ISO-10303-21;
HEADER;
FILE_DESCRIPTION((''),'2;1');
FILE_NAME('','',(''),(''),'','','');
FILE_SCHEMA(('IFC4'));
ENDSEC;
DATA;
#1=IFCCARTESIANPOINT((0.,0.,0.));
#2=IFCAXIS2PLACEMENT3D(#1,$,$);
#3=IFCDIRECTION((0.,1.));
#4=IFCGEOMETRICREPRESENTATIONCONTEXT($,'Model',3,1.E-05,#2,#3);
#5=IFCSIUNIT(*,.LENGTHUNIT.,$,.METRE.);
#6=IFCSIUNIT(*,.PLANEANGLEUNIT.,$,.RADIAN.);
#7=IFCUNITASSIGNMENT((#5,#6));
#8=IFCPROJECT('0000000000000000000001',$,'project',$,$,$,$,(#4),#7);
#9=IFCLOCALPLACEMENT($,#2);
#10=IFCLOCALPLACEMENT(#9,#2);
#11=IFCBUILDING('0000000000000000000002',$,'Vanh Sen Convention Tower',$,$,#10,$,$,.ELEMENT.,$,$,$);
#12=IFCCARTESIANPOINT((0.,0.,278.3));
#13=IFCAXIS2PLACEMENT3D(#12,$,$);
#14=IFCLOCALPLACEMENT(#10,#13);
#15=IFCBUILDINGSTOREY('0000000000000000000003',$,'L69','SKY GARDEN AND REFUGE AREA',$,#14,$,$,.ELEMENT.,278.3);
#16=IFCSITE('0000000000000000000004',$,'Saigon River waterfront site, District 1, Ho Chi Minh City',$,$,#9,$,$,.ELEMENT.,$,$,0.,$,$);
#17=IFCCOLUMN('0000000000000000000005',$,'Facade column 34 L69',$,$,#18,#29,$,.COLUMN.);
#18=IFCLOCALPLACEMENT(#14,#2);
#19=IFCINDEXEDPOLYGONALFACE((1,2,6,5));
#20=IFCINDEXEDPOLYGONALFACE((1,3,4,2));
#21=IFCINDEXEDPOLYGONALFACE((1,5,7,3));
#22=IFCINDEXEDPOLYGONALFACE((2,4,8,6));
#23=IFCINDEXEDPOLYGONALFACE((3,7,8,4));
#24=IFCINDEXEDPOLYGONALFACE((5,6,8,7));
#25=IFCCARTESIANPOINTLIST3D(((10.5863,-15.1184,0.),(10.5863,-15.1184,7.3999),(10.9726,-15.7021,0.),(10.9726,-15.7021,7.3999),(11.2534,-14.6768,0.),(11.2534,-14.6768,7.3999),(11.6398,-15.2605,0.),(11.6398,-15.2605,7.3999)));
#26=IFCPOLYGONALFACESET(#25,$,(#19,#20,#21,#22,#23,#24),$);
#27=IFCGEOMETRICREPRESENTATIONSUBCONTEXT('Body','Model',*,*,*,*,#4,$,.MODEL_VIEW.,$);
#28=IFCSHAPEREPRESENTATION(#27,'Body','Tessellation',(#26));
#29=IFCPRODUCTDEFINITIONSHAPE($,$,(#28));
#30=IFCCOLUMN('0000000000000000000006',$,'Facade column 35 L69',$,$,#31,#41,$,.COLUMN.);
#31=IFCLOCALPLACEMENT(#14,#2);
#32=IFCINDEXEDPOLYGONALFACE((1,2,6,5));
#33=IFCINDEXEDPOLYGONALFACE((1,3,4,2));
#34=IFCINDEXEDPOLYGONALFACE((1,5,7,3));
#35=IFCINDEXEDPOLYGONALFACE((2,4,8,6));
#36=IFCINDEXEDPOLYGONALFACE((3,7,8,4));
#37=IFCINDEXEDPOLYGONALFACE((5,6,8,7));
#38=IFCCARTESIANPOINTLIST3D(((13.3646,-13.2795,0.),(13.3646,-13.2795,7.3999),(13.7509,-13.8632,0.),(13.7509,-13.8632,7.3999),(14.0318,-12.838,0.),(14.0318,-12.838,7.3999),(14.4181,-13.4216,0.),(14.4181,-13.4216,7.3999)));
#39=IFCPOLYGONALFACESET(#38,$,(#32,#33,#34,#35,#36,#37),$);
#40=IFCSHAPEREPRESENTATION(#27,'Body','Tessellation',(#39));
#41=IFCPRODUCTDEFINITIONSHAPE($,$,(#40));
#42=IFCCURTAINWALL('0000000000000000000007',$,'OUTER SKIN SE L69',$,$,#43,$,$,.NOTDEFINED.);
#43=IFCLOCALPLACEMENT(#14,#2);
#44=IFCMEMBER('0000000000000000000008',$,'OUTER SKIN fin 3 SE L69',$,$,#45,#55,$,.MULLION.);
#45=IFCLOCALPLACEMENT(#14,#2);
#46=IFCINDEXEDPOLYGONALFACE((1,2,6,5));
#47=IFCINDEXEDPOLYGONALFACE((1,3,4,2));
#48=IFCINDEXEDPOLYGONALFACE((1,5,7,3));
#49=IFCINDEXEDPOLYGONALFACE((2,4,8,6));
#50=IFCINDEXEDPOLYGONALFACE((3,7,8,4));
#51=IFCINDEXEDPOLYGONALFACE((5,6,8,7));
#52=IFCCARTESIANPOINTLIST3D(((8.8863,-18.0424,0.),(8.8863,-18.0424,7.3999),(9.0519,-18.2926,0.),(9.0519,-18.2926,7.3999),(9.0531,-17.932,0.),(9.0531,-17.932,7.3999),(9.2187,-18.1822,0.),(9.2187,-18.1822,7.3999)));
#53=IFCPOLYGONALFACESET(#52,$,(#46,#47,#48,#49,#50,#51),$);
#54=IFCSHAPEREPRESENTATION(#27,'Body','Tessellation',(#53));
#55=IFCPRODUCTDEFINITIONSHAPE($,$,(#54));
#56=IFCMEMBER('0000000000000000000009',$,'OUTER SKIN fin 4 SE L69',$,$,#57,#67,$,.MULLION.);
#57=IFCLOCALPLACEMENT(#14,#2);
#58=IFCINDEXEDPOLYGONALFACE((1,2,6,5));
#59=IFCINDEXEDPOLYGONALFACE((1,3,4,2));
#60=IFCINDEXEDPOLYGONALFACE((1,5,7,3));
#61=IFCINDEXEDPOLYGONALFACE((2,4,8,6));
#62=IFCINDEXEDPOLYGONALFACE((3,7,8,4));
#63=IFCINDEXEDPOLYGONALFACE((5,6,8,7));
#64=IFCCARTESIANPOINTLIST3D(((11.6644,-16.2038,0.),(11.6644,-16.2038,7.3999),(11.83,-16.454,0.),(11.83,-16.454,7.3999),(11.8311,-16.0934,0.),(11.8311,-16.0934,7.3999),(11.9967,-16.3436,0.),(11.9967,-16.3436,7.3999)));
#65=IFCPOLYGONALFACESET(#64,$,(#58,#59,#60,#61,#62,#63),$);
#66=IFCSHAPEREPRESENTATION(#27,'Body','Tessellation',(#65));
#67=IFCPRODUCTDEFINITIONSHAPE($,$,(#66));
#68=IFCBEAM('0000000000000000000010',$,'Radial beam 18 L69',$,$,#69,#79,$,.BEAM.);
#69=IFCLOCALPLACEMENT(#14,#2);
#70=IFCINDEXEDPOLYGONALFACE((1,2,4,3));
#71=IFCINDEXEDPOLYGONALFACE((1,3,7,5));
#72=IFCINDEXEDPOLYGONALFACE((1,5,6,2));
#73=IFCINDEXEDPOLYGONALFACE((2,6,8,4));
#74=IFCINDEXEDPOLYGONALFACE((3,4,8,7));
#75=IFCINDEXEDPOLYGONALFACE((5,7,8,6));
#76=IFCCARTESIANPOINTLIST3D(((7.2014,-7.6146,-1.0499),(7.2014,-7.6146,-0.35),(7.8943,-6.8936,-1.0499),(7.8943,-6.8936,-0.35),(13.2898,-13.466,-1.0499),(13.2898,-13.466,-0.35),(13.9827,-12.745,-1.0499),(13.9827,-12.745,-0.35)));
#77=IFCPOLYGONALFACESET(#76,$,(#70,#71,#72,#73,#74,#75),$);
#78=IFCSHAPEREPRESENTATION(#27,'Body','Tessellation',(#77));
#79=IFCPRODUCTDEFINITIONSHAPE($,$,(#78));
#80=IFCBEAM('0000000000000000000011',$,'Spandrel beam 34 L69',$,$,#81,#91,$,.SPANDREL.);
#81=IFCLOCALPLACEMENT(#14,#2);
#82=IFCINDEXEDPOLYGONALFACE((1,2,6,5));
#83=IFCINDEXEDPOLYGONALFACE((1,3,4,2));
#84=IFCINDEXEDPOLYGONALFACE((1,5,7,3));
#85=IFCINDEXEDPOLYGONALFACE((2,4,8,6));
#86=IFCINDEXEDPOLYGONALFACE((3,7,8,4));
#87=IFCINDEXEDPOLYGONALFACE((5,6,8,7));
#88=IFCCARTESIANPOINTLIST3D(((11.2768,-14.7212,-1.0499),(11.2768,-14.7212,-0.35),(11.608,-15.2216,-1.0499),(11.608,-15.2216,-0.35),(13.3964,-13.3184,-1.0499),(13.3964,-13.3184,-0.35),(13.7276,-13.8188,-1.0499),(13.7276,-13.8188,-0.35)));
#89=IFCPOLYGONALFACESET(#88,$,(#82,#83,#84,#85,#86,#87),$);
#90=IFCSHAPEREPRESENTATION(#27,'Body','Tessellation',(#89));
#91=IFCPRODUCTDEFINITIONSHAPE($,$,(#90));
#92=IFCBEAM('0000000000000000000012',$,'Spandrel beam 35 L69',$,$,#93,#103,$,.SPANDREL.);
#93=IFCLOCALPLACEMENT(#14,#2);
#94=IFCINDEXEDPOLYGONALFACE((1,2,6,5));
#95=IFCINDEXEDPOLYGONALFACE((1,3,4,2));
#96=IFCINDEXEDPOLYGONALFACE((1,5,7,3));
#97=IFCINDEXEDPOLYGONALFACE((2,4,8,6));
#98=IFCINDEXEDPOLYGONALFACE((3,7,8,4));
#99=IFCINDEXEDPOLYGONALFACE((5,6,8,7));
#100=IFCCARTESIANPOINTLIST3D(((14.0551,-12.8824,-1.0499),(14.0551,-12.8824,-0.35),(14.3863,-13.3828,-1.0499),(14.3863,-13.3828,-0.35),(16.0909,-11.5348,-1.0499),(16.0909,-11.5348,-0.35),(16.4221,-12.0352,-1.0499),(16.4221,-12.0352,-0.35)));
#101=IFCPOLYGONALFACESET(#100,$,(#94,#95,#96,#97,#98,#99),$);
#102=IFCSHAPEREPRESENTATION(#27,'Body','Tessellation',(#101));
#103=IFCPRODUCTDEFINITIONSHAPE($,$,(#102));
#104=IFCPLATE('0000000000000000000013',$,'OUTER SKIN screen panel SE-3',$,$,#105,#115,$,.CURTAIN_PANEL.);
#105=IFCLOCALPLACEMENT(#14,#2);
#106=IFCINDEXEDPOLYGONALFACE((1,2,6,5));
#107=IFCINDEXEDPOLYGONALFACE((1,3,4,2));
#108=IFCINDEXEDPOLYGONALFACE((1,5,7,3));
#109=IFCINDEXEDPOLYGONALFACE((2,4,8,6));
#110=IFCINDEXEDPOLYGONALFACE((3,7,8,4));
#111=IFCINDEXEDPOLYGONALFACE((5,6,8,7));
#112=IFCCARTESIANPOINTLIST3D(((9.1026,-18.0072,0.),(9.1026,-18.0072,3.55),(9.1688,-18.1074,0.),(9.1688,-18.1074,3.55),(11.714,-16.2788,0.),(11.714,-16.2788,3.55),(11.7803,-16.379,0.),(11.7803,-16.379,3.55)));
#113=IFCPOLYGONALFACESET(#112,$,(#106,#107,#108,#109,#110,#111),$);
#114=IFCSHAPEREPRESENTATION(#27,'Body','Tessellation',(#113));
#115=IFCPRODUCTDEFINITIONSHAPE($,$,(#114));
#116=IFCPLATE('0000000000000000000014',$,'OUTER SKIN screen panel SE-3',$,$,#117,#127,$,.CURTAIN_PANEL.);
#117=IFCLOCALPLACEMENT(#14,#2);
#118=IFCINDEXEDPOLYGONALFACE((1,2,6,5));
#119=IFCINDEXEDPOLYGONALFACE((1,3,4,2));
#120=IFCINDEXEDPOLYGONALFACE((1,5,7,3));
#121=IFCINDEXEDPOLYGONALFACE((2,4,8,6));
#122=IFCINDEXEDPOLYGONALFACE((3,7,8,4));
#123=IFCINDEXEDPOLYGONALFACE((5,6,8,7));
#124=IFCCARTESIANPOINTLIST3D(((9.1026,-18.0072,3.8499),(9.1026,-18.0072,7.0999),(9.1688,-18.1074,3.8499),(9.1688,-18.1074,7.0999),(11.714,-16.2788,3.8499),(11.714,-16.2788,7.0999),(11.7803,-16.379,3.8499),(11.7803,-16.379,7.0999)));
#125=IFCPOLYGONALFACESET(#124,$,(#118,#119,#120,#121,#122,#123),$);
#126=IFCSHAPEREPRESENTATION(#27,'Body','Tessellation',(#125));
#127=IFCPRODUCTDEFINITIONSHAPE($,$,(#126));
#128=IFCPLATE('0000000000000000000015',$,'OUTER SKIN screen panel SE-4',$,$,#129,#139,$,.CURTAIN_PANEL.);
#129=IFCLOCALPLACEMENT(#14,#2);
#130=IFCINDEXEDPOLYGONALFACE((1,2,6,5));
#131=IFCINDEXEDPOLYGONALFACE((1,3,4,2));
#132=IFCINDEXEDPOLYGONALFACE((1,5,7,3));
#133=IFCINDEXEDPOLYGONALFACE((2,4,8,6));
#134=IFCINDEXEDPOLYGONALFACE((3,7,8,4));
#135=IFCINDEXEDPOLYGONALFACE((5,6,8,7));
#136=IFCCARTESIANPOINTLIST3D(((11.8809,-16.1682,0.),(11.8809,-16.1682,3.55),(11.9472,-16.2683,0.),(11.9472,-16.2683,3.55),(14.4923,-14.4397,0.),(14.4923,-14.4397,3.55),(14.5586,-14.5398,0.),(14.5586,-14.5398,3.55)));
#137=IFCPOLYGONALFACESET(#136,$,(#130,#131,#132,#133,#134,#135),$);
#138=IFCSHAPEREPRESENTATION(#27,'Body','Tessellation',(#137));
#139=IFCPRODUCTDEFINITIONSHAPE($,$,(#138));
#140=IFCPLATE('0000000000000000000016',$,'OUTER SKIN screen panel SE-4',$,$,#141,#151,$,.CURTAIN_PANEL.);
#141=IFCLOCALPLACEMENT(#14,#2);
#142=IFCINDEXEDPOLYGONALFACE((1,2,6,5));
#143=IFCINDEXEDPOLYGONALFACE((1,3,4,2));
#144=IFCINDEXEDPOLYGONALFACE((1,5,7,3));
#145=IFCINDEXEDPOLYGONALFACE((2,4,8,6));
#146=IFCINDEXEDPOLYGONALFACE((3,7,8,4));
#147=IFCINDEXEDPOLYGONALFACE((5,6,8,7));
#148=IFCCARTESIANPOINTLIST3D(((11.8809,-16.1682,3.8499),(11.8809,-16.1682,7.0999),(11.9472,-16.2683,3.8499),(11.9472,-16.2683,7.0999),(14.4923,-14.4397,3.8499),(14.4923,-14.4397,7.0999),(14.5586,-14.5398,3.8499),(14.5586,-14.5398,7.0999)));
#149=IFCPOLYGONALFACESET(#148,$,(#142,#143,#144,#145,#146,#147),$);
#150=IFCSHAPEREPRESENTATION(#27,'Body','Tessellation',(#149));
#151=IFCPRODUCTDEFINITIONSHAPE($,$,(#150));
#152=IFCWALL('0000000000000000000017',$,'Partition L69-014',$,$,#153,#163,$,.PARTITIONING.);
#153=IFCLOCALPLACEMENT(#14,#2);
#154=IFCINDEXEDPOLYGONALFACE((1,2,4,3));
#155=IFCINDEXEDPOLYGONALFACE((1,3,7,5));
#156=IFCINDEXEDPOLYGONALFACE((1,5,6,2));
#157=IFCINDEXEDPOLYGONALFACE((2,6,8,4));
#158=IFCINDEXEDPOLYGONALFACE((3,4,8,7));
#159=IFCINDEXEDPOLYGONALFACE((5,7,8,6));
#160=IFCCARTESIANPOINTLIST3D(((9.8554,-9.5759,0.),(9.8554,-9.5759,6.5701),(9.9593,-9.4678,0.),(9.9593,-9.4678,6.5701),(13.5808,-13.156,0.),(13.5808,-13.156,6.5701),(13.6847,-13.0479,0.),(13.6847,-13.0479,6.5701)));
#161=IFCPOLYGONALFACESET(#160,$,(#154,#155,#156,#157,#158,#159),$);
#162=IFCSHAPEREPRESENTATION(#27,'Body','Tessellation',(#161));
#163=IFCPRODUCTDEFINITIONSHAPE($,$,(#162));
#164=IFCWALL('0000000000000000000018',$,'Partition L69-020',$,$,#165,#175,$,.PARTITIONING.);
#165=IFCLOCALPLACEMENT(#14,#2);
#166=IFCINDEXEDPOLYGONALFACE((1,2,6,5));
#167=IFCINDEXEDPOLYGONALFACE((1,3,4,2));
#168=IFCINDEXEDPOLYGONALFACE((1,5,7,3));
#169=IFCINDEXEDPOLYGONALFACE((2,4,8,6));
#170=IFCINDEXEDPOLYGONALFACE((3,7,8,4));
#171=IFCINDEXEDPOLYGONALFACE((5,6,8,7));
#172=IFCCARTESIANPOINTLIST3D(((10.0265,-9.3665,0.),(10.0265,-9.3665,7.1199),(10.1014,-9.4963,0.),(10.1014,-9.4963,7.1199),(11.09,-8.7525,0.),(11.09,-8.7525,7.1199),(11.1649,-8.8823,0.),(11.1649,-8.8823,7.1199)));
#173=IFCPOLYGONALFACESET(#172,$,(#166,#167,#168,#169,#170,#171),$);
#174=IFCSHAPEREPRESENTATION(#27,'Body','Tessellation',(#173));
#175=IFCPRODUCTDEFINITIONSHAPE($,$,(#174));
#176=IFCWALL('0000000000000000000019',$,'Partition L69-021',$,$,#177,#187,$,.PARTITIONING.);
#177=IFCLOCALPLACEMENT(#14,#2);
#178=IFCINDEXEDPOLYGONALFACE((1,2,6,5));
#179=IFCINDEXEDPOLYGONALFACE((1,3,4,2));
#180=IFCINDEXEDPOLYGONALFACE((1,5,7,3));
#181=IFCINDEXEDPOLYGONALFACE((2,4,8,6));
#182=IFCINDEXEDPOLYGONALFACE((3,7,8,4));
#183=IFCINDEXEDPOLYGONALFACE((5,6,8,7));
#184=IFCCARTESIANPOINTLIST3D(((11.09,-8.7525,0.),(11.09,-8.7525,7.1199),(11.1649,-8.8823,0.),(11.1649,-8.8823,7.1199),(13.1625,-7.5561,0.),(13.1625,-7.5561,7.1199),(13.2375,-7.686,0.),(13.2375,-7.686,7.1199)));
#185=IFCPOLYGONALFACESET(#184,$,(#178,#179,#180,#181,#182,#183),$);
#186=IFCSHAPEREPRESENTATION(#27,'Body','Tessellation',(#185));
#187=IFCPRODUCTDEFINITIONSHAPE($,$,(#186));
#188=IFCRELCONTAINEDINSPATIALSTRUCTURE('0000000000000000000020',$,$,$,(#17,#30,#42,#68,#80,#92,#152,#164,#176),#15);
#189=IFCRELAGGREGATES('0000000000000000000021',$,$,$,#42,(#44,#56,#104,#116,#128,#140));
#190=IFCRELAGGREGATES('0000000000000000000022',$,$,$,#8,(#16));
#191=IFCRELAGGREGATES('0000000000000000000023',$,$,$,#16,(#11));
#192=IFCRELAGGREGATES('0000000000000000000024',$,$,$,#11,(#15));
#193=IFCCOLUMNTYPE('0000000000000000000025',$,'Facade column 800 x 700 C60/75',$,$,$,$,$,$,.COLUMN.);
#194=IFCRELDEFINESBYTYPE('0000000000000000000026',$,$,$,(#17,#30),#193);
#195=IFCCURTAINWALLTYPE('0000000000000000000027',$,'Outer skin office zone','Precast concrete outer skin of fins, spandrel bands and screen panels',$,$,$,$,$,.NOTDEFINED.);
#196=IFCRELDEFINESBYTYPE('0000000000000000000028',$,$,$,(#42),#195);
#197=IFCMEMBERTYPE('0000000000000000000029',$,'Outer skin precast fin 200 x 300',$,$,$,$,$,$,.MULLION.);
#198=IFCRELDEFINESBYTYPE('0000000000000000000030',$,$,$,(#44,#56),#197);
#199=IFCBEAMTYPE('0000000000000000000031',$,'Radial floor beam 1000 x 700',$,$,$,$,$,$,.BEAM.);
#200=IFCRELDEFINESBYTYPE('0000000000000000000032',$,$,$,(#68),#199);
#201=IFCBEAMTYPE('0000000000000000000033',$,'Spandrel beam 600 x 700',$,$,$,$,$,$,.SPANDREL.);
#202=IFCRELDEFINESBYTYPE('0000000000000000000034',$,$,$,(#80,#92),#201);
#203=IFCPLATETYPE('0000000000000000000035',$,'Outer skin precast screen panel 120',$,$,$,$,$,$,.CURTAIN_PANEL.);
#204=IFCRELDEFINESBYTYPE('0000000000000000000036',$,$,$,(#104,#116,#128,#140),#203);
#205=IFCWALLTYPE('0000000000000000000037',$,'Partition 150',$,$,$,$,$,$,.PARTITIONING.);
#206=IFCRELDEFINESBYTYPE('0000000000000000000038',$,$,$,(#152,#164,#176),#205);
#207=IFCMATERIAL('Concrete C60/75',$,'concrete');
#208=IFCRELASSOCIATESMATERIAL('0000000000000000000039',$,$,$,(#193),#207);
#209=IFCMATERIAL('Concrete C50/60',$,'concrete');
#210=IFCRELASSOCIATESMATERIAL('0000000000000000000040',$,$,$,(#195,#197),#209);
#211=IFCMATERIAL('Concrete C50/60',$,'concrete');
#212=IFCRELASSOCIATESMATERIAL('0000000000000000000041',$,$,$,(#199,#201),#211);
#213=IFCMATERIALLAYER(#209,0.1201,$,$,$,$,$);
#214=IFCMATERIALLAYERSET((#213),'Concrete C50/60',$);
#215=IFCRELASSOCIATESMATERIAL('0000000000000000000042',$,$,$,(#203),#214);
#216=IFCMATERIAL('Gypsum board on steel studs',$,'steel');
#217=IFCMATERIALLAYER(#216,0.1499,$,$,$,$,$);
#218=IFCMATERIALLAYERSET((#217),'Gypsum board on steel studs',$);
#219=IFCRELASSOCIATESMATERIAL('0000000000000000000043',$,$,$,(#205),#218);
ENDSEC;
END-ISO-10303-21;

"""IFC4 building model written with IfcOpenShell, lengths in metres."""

from ifc_helpers import new_model, si_unit, direction, frame, frame_2d, origin, origin_2d, place, context, subcontext, project, spatial, rectangle, extrude, material, layer, layer_set, material_profile, profile_set, type_object, element, aggregate, save


model = new_model("IFC4")

# Units and contexts
model_context = context("Model", 3, precision=1e-05, world=origin(), true_north=direction((0.0, 1.0)))
body_context = subcontext(model_context, "Body", "Model", "MODEL_VIEW")
ifc_project = project(units=[si_unit("LENGTHUNIT", "METRE"), si_unit("PLANEANGLEUNIT", "RADIAN")], contexts=[model_context])

# Site, building, storey
site_placement = place(None, origin())
site = spatial("IfcSite", under=ifc_project, at=site_placement, Name="Saigon River waterfront site, District 1, Ho Chi Minh City", CompositionType="ELEMENT", RefElevation=0.0)
building_placement = place(site_placement, origin())
building = spatial("IfcBuilding", under=site, at=building_placement, Name="Vanh Sen Convention Tower", CompositionType="ELEMENT")
storey_placement = place(building_placement, frame((0.0, 0.0, 278.3)))
storey = spatial("IfcBuildingStorey", under=building, at=storey_placement, Name="L69", Description="SKY GARDEN AND REFUGE AREA", CompositionType="ELEMENT", Elevation=278.3)

# Columns
ifc_material_1 = material(Name="Concrete C60/75", Category="concrete")
ifc_material_profile_1 = material_profile(ifc_material_1, rectangle(XDim=0.8, YDim=0.7, at=origin_2d()), Name="RC 800X700")
ifc_profile_set_1 = profile_set([ifc_material_profile_1], Name="Concrete C60/75")
column_type = type_object("IfcColumnType", Name="Facade column 800 x 700 C60/75", PredefinedType="COLUMN", material=ifc_profile_set_1)
for number, where, z_axis, x_axis, name in (
    (1, (11.113, -15.1895, 0.0), (0.0, 0.0, 1.0), (0.833886, 0.551937, 0.0), "Facade column 34 L69"),
    (2, (13.8914, -13.3506, 0.0), (0.0, 0.0, 1.0), (0.833886, 0.551937, 0.0), "Facade column 35 L69"),
):
    element("IfcColumn", number, at=place(storey_placement, frame(where, z_axis=z_axis, x_axis=x_axis)), inside=storey, type_object=column_type, Name=name, PredefinedType="COLUMN", context=body_context, shape_type="SweptSolid", body=[
        extrude(rectangle(XDim=0.8, YDim=0.7, at=origin_2d()), origin(), (0.0, 0.0, 1.0), 7.3999),
    ])

# Curtain wall, members
ifc_material_2 = material(Name="Concrete C50/60", Category="concrete")
curtain_wall_type = type_object("IfcCurtainWallType", Name="Outer skin office zone", Description="Precast concrete outer skin of fins, spandrel bands and screen panels", PredefinedType="NOTDEFINED", material=ifc_material_2)
curtain_wall_placement = place(storey_placement, origin())
curtain_wall = element("IfcCurtainWall", 3, at=curtain_wall_placement, inside=storey, type_object=curtain_wall_type, Name="OUTER SKIN SE L69", PredefinedType="NOTDEFINED")
ifc_material_profile_2 = material_profile(ifc_material_2, rectangle(XDim=0.2, YDim=0.3, at=origin_2d()), Name="Outer skin precast fin 200 x 300")
ifc_profile_set_2 = profile_set([ifc_material_profile_2], Name="Concrete C50/60")
member_type = type_object("IfcMemberType", Name="Outer skin precast fin 200 x 300", PredefinedType="MULLION", material=ifc_profile_set_2)
member_1_placement = place(storey_placement, frame((9.0525, -18.1123, 0.0), z_axis=(0.0, 0.0, 1.0), x_axis=(0.833886, 0.551937, 0.0)))
member_1 = element("IfcMember", 4, at=member_1_placement, type_object=member_type, Name="OUTER SKIN fin 3 SE L69", PredefinedType="MULLION", context=body_context, shape_type="SweptSolid", body=[
    extrude(rectangle(XDim=0.2, YDim=0.3, at=origin_2d()), origin(), (0.0, 0.0, 1.0), 7.3999),
])
member_2_placement = place(storey_placement, frame((11.8306, -16.2737, 0.0), z_axis=(0.0, 0.0, 1.0), x_axis=(0.833886, 0.551937, 0.0)))
member_2 = element("IfcMember", 5, at=member_2_placement, type_object=member_type, Name="OUTER SKIN fin 4 SE L69", PredefinedType="MULLION", context=body_context, shape_type="SweptSolid", body=[
    extrude(rectangle(XDim=0.2, YDim=0.3, at=origin_2d()), origin(), (0.0, 0.0, 1.0), 7.3999),
])

# Beams
ifc_material_3 = material(Name="Concrete C50/60", Category="concrete")
ifc_material_profile_3 = material_profile(ifc_material_3, rectangle(XDim=1.0, YDim=0.7, at=origin_2d()), Name="RC 1000X700")
ifc_profile_set_3 = profile_set([ifc_material_profile_3], Name="Concrete C50/60")
beam_type_1 = type_object("IfcBeamType", Name="Radial floor beam 1000 x 700", PredefinedType="BEAM", material=ifc_profile_set_3)
beam_1_placement = place(storey_placement, frame((13.6362, -13.1055, -0.7), z_axis=(-0.721004, 0.692931, 0.0), x_axis=(-0.692931, -0.721004, 0.0)))
element("IfcBeam", 6, at=beam_1_placement, inside=storey, type_object=beam_type_1, Name="Radial beam 18 L69", PredefinedType="BEAM", context=body_context, shape_type="SweptSolid", body=[
    extrude(rectangle(XDim=1.0, YDim=0.7, at=origin_2d()), origin(), (0.0, 0.0, 1.0), 8.4443),
])
ifc_material_profile_4 = material_profile(ifc_material_3, rectangle(XDim=0.6001, YDim=0.7, at=origin_2d()), Name="RC 600X700")
ifc_profile_set_4 = profile_set([ifc_material_profile_4], Name="Concrete C50/60")
beam_type_2 = type_object("IfcBeamType", Name="Spandrel beam 600 x 700", PredefinedType="SPANDREL", material=ifc_profile_set_4)
beam_2_placement = place(storey_placement, frame((11.4424, -14.9714, -0.7), z_axis=(0.833908, 0.551904, 0.0), x_axis=(-0.551904, 0.833908, 0.0)))
element("IfcBeam", 7, at=beam_2_placement, inside=storey, type_object=beam_type_2, Name="Spandrel beam 34 L69", PredefinedType="SPANDREL", context=body_context, shape_type="SweptSolid", body=[
    extrude(rectangle(XDim=0.6001, YDim=0.7, at=origin_2d()), origin(), (0.0, 0.0, 1.0), 2.5417),
])
beam_3_placement = place(storey_placement, frame((14.2207, -13.1326, -0.7), z_axis=(0.833861, 0.551974, 0.0), x_axis=(-0.551974, 0.833861, 0.0)))
element("IfcBeam", 8, at=beam_3_placement, inside=storey, type_object=beam_type_2, Name="Spandrel beam 35 L69", PredefinedType="SPANDREL", context=body_context, shape_type="SweptSolid", body=[
    extrude(rectangle(XDim=0.6001, YDim=0.7, at=origin_2d()), origin(), (0.0, 0.0, 1.0), 2.4414),
])

# Plates
ifc_layer_1 = layer(ifc_material_2, 0.1201)
ifc_layer_set_1 = layer_set([ifc_layer_1], Name="Concrete C50/60")
plate_type = type_object("IfcPlateType", Name="Outer skin precast screen panel 120", PredefinedType="CURTAIN_PANEL", material=ifc_layer_set_1)
plate_1_placement = place(storey_placement, frame((10.4414, -17.1931, 0.0), z_axis=(0.0, 0.0, 1.0), x_axis=(0.833893, 0.551927, 0.0)))
plate_1 = element("IfcPlate", 9, at=plate_1_placement, type_object=plate_type, Name="OUTER SKIN screen panel SE-3", PredefinedType="CURTAIN_PANEL", context=body_context, shape_type="SweptSolid", body=[
    extrude(rectangle(XDim=3.1316, YDim=0.1201, at=origin_2d()), origin(), (0.0, 0.0, 1.0), 3.55),
])
plate_2_placement = place(storey_placement, frame((10.4414, -17.1931, 3.8499), z_axis=(0.0, 0.0, 1.0), x_axis=(0.833893, 0.551927, 0.0)))
plate_2 = element("IfcPlate", 10, at=plate_2_placement, type_object=plate_type, Name="OUTER SKIN screen panel SE-3", PredefinedType="CURTAIN_PANEL", context=body_context, shape_type="SweptSolid", body=[
    extrude(rectangle(XDim=3.1316, YDim=0.1201, at=origin_2d()), origin(), (0.0, 0.0, 1.0), 3.25),
])
plate_3_placement = place(storey_placement, frame((13.2197, -15.354, 0.0), z_axis=(0.0, 0.0, 1.0), x_axis=(0.833879, 0.551947, 0.0)))
plate_3 = element("IfcPlate", 11, at=plate_3_placement, type_object=plate_type, Name="OUTER SKIN screen panel SE-4", PredefinedType="CURTAIN_PANEL", context=body_context, shape_type="SweptSolid", body=[
    extrude(rectangle(XDim=3.1316, YDim=0.1201, at=origin_2d()), origin(), (0.0, 0.0, 1.0), 3.55),
])
plate_4_placement = place(storey_placement, frame((13.2197, -15.354, 3.8499), z_axis=(0.0, 0.0, 1.0), x_axis=(0.833879, 0.551947, 0.0)))
plate_4 = element("IfcPlate", 12, at=plate_4_placement, type_object=plate_type, Name="OUTER SKIN screen panel SE-4", PredefinedType="CURTAIN_PANEL", context=body_context, shape_type="SweptSolid", body=[
    extrude(rectangle(XDim=3.1316, YDim=0.1201, at=origin_2d()), origin(), (0.0, 0.0, 1.0), 3.25),
])
aggregate(curtain_wall, [member_1, member_2, plate_1, plate_2, plate_3, plate_4])

# Walls
ifc_material_4 = material(Name="Gypsum board on steel studs", Category="steel")
ifc_layer_2 = layer(ifc_material_4, 0.1499)
ifc_layer_set_2 = layer_set([ifc_layer_2], Name="Gypsum board on steel studs")
wall_type = type_object("IfcWallType", Name="Partition 150", PredefinedType="PARTITIONING", material=ifc_layer_set_2)
wall_1_placement = place(storey_placement, frame((13.6328, -13.1021, 0.0), z_axis=(0.0, 0.0, 1.0), x_axis=(-0.721025, 0.692909, 0.0)))
element("IfcWall", 13, at=wall_1_placement, inside=storey, type_object=wall_type, Name="Partition L69-014", PredefinedType="PARTITIONING", context=body_context, shape_type="SweptSolid", body=[
    extrude(rectangle(XDim=5.1667, YDim=0.1499, at=frame_2d((2.5835, 0.0))), origin(), (0.0, 0.0, 1.0), 6.5701),
])
wall_2_placement = place(storey_placement, frame((11.1274, -8.8174, 0.0), z_axis=(0.0, 0.0, 1.0), x_axis=(-0.86602, -0.500009, 0.0)))
element("IfcWall", 14, at=wall_2_placement, inside=storey, type_object=wall_type, Name="Partition L69-020", PredefinedType="PARTITIONING", context=body_context, shape_type="SweptSolid", body=[
    extrude(rectangle(XDim=1.228, YDim=0.1499, at=frame_2d((0.614, 0.0))), origin(), (0.0, 0.0, 1.0), 7.1199),
])
wall_3_placement = place(storey_placement, frame((11.1274, -8.8174, 0.0), z_axis=(0.0, 0.0, 1.0), x_axis=(0.866075, 0.499914, 0.0)))
element("IfcWall", 15, at=wall_3_placement, inside=storey, type_object=wall_type, Name="Partition L69-021", PredefinedType="PARTITIONING", context=body_context, shape_type="SweptSolid", body=[
    extrude(rectangle(XDim=2.3931, YDim=0.1499, at=frame_2d((1.1965, 0.0))), origin(), (0.0, 0.0, 1.0), 7.1199),
])

save(model, "model.ifc")
